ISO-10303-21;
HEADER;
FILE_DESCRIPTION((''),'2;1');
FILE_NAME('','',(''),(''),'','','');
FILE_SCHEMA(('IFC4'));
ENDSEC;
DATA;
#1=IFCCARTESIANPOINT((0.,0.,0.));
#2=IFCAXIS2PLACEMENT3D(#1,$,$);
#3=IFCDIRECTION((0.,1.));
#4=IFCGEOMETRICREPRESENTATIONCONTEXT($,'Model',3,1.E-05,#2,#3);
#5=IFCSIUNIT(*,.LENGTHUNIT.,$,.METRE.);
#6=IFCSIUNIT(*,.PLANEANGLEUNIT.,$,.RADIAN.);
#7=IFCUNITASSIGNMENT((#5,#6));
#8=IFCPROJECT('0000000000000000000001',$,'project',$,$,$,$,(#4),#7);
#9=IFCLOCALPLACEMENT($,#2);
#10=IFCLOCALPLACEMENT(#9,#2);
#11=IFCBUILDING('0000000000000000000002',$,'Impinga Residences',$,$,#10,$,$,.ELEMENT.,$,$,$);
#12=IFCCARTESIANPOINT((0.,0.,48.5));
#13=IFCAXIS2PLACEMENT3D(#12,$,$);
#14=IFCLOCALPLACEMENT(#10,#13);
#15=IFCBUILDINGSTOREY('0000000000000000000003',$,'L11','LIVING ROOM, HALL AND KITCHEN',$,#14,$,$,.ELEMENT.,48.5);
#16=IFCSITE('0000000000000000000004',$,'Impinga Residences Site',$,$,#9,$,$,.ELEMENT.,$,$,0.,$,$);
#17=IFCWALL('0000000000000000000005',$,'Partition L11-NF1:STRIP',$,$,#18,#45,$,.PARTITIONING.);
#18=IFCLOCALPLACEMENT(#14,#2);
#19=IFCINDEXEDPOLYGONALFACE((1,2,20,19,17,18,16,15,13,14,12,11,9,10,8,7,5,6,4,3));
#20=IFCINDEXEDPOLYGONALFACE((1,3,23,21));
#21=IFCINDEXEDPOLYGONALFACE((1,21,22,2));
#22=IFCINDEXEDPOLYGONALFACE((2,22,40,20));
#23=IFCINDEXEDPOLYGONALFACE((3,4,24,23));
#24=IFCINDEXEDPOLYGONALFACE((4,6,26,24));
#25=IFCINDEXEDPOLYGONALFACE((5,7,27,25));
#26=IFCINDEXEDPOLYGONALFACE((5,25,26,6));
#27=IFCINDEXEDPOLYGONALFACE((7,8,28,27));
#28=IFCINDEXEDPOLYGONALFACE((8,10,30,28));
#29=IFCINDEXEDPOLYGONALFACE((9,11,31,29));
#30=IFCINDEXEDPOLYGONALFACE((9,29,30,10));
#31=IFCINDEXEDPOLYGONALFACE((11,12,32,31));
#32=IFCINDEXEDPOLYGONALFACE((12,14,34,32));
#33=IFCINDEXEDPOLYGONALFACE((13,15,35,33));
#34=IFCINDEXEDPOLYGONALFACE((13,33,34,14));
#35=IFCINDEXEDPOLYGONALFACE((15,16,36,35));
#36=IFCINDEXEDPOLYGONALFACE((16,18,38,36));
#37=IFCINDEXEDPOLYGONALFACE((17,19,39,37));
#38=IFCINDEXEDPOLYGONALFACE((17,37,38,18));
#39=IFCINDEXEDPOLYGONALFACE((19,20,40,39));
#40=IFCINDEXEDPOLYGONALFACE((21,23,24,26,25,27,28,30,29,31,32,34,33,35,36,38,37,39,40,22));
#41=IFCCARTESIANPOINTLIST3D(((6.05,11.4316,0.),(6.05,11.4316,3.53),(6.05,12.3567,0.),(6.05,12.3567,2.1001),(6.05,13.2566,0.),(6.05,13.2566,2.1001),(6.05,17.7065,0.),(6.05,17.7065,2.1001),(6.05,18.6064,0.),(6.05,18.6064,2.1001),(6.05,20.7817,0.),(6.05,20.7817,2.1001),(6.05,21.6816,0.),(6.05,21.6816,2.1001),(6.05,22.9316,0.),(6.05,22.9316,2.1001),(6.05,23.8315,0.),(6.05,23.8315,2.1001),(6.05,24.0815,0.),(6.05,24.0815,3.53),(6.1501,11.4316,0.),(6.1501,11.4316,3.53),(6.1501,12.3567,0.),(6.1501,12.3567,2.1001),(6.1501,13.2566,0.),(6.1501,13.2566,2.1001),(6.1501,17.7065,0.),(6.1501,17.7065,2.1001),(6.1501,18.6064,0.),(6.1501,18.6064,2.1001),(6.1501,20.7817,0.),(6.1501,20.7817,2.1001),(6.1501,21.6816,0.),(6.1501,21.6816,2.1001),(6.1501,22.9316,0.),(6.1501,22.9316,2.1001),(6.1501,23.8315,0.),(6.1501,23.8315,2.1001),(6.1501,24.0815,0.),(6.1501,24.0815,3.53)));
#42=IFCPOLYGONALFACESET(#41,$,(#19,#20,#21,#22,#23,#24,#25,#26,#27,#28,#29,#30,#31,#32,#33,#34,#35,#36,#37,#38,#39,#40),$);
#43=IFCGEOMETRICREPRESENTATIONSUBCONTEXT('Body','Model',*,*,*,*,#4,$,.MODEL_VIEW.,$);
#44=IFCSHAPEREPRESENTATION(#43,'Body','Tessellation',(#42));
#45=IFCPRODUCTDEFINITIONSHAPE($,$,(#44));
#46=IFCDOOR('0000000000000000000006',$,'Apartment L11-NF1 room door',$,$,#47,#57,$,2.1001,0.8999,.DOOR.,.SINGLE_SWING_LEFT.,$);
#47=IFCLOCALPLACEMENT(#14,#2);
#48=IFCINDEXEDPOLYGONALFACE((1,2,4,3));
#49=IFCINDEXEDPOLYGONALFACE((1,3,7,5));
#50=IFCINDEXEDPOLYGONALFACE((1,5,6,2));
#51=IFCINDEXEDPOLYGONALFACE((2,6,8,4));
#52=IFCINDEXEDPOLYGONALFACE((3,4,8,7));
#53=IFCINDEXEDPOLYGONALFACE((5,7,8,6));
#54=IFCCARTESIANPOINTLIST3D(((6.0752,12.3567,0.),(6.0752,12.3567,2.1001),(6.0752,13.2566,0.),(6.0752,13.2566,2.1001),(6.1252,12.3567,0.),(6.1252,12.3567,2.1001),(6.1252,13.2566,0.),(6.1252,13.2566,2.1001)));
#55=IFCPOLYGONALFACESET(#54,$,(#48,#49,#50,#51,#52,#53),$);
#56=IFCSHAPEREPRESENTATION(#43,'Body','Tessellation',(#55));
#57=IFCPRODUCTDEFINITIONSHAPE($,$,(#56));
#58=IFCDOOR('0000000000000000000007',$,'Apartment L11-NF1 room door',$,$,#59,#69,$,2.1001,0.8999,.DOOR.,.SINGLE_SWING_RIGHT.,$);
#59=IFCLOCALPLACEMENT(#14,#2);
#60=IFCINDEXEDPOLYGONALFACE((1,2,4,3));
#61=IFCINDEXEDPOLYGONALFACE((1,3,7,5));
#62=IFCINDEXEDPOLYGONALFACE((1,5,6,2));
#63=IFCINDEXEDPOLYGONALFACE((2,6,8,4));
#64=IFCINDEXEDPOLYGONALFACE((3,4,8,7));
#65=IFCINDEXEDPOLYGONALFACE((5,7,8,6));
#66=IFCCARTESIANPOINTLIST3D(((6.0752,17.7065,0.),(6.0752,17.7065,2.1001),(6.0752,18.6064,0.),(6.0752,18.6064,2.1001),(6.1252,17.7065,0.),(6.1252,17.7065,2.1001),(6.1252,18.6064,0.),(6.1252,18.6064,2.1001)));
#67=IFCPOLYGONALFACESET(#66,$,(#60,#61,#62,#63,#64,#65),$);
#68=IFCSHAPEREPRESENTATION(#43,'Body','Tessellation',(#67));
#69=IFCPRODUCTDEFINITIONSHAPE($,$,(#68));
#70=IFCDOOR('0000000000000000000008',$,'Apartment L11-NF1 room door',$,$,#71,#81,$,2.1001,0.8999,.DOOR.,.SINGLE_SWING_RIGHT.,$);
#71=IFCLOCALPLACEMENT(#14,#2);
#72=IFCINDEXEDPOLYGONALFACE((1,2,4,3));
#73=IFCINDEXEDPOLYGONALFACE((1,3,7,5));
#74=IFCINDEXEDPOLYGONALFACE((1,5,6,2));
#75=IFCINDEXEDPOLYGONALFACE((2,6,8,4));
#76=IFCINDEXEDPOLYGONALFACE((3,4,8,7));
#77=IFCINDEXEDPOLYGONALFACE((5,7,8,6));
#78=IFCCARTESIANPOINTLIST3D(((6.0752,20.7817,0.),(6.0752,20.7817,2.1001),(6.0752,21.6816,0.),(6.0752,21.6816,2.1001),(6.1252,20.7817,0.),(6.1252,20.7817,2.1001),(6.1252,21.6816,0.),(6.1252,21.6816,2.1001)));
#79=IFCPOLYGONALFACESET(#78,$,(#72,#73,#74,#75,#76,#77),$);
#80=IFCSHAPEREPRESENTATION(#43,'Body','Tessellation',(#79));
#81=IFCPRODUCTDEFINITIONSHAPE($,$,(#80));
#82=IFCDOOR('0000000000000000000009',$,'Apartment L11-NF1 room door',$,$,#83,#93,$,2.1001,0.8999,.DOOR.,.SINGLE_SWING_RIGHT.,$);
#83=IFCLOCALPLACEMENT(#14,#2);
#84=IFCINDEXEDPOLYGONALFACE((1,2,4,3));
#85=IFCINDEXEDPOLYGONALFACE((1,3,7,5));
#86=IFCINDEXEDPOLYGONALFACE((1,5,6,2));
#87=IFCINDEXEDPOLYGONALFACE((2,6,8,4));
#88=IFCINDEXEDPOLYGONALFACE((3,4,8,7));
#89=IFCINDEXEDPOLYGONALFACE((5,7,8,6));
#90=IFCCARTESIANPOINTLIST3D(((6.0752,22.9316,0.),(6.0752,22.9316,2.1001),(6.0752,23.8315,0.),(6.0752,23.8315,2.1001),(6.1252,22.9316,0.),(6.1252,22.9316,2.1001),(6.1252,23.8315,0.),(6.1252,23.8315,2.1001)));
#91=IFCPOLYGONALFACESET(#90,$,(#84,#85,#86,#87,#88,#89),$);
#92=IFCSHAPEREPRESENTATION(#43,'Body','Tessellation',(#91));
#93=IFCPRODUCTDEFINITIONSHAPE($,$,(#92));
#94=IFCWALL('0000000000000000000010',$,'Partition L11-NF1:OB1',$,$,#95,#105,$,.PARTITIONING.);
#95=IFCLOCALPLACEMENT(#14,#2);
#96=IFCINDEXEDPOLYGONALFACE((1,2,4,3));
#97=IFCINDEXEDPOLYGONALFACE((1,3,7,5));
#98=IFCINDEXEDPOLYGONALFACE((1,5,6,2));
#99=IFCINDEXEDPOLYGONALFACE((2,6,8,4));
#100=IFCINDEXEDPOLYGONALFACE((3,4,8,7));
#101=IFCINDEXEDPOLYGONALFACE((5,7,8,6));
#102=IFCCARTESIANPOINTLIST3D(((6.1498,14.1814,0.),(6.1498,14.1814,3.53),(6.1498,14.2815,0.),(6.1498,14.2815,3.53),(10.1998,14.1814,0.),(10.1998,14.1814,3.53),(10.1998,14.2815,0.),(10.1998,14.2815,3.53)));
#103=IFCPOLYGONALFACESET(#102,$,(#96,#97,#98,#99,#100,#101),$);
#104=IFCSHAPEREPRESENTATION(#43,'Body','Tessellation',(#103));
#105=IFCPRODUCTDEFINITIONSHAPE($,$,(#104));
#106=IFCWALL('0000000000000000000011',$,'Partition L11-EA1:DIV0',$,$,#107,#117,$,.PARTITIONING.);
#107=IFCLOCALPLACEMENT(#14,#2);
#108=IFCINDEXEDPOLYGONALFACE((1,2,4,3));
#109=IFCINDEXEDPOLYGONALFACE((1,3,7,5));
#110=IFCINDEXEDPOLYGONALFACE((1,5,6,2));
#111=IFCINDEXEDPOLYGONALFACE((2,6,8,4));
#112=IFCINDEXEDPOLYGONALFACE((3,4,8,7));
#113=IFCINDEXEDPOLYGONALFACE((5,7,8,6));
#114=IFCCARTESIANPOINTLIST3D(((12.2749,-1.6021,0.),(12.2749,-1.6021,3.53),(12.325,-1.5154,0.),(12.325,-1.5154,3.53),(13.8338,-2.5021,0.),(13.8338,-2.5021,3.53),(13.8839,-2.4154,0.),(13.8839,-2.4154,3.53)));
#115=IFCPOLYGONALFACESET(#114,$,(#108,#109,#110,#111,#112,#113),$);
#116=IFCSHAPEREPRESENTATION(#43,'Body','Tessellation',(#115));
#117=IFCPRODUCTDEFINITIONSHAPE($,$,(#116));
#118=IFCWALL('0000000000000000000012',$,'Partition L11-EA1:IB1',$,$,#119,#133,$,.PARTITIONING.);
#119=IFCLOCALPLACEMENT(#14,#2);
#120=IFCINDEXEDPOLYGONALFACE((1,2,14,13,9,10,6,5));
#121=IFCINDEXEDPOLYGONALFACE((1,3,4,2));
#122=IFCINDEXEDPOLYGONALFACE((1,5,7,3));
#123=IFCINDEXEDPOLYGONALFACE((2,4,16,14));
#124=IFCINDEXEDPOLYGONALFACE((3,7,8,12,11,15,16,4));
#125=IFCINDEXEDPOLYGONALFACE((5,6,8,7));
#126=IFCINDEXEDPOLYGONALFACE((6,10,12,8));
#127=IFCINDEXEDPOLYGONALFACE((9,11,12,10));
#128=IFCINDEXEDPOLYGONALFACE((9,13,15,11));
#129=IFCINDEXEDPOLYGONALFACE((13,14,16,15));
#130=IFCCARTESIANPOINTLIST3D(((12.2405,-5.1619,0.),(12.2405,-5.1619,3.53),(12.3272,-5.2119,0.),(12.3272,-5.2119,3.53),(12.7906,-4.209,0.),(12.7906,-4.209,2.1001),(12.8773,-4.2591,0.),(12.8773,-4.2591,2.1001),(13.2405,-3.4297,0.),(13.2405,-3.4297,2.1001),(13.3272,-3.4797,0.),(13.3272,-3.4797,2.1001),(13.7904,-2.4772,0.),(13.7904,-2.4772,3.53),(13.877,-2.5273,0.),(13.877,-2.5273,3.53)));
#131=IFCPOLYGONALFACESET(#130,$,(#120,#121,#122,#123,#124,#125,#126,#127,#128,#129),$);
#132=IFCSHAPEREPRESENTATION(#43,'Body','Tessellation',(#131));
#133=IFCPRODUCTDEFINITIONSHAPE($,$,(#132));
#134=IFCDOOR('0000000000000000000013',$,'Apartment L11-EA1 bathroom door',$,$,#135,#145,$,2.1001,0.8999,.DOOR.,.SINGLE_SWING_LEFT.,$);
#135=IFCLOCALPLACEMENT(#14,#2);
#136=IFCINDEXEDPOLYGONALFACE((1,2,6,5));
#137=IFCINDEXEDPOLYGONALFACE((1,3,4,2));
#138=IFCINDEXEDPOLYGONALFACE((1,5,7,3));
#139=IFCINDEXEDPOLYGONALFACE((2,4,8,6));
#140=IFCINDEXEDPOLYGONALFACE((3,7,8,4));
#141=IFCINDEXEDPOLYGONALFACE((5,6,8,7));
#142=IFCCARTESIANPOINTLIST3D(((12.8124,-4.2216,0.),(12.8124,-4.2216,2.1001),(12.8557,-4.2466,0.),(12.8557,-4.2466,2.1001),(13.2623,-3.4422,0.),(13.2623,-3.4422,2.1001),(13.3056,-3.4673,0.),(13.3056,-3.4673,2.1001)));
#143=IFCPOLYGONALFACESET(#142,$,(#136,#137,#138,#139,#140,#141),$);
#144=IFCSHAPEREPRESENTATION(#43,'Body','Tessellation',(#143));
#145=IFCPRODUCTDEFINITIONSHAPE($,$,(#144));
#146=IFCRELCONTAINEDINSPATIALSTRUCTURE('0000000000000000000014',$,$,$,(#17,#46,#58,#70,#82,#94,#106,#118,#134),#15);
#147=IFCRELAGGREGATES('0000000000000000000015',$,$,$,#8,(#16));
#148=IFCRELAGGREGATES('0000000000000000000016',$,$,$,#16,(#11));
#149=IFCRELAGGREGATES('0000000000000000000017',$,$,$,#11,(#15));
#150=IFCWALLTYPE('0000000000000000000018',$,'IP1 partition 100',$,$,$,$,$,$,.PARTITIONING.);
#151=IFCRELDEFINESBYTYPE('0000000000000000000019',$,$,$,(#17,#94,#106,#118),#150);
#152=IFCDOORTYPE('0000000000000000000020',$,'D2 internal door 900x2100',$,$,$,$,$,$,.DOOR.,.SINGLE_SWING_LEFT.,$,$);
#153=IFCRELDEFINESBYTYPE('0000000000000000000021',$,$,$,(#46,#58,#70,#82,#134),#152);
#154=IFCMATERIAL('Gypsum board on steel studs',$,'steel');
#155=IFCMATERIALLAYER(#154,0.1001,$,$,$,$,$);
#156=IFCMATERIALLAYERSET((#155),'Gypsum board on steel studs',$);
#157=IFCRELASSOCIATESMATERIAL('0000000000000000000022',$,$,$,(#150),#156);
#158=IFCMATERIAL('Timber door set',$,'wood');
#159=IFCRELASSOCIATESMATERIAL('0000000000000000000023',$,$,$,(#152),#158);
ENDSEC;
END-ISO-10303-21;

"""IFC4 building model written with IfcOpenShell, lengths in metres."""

from ifc_helpers import new_model, si_unit, direction, frame, frame_2d, origin, place, context, subcontext, project, spatial, rectangle, extrude, material, layer, layer_set, type_object, element, fill, save


model = new_model("IFC4")

# Units and contexts
model_context = context("Model", 3, precision=1e-05, world=origin(), true_north=direction((0.0, 1.0)))
body_context = subcontext(model_context, "Body", "Model", "MODEL_VIEW")
ifc_project = project(units=[si_unit("LENGTHUNIT", "METRE"), si_unit("PLANEANGLEUNIT", "RADIAN")], contexts=[model_context])

# Site, building, storey
site_placement = place(None, origin())
site = spatial("IfcSite", under=ifc_project, at=site_placement, Name="Impinga Residences Site", CompositionType="ELEMENT", RefElevation=0.0)
building_placement = place(site_placement, origin())
building = spatial("IfcBuilding", under=site, at=building_placement, Name="Impinga Residences", CompositionType="ELEMENT")
storey_placement = place(building_placement, frame((0.0, 0.0, 48.5)))
storey = spatial("IfcBuildingStorey", under=building, at=storey_placement, Name="L11", Description="LIVING ROOM, HALL AND KITCHEN", CompositionType="ELEMENT", Elevation=48.5)

# Shared definitions
ifc_material_1 = material(Name="Timber door set", Category="wood")

# Wall, openings, doors
ifc_material_2 = material(Name="Gypsum board on steel studs", Category="steel")
ifc_layer_1 = layer(ifc_material_2, 0.1001)
ifc_layer_set_1 = layer_set([ifc_layer_1], Name="Gypsum board on steel studs")
wall_type_1 = type_object("IfcWallType", Name="IP1 partition 100", PredefinedType="PARTITIONING", material=ifc_layer_set_1)
wall_1_placement = place(storey_placement, frame((6.1001, 11.4316, 0.0), z_axis=(0.0, 0.0, 1.0), x_axis=(0.0, 1.0, 0.0)))
wall_1 = element("IfcWall", 1, at=wall_1_placement, inside=storey, type_object=wall_type_1, Name="Partition L11-NF1:STRIP", PredefinedType="PARTITIONING", context=body_context, shape_type="SweptSolid", body=[
    extrude(rectangle(XDim=12.6499, YDim=0.1001, at=frame_2d((6.325, 0.0))), origin(), (0.0, 0.0, 1.0), 3.53),
])
opening_1_placement = place(wall_1_placement, frame((0.925, 0.0, 0.0)))
opening_1 = element("IfcOpeningElement", 2, at=opening_1_placement, cuts=wall_1, PredefinedType="OPENING", context=body_context, shape_type="SweptSolid", body=[
    extrude(rectangle(XDim=0.8999, YDim=2.1001, at=frame_2d((0.45, 1.05))), frame((0.0, 0.0601, 0.0), z_axis=(0.0, -1.0, 0.0), x_axis=(1.0, 0.0, 0.0)), (0.0, 0.0, 1.0), 0.1201),
])
opening_2_placement = place(wall_1_placement, frame((6.2749, 0.0, 0.0)))
opening_2 = element("IfcOpeningElement", 3, at=opening_2_placement, cuts=wall_1, PredefinedType="OPENING", context=body_context, shape_type="SweptSolid", body=[
    extrude(rectangle(XDim=0.8999, YDim=2.1001, at=frame_2d((0.45, 1.05))), frame((0.0, 0.0601, 0.0), z_axis=(0.0, -1.0, 0.0), x_axis=(1.0, 0.0, 0.0)), (0.0, 0.0, 1.0), 0.1201),
])
opening_3_placement = place(wall_1_placement, frame((9.3501, 0.0, 0.0)))
opening_3 = element("IfcOpeningElement", 4, at=opening_3_placement, cuts=wall_1, PredefinedType="OPENING", context=body_context, shape_type="SweptSolid", body=[
    extrude(rectangle(XDim=0.8999, YDim=2.1001, at=frame_2d((0.45, 1.05))), frame((0.0, 0.0601, 0.0), z_axis=(0.0, -1.0, 0.0), x_axis=(1.0, 0.0, 0.0)), (0.0, 0.0, 1.0), 0.1201),
])
opening_4_placement = place(wall_1_placement, frame((11.5, 0.0, 0.0)))
opening_4 = element("IfcOpeningElement", 5, at=opening_4_placement, cuts=wall_1, PredefinedType="OPENING", context=body_context, shape_type="SweptSolid", body=[
    extrude(rectangle(XDim=0.8999, YDim=2.1001, at=frame_2d((0.45, 1.05))), frame((0.0, 0.0601, 0.0), z_axis=(0.0, -1.0, 0.0), x_axis=(1.0, 0.0, 0.0)), (0.0, 0.0, 1.0), 0.1201),
])
door_type_1 = type_object("IfcDoorType", Name="D2 internal door 900x2100", OperationType="SINGLE_SWING_LEFT", PredefinedType="DOOR", material=ifc_material_1)
door_1_placement = place(opening_1_placement, origin())
door_1 = element("IfcDoor", 6, at=door_1_placement, inside=storey, type_object=door_type_1, Name="Apartment L11-NF1 room door", OperationType="SINGLE_SWING_LEFT", OverallHeight=2.1001, OverallWidth=0.8999, PredefinedType="DOOR", context=body_context, shape_type="SweptSolid", body=[
    extrude(rectangle(XDim=0.8999, YDim=2.1001, at=frame_2d((0.45, 1.05))), frame((0.0, 0.0249, 0.0), z_axis=(0.0, -1.0, 0.0), x_axis=(1.0, 0.0, 0.0)), (0.0, 0.0, 1.0), 0.05),
])
fill(opening_1, door_1)
door_2_placement = place(opening_2_placement, origin())
door_2 = element("IfcDoor", 7, at=door_2_placement, inside=storey, type_object=door_type_1, Name="Apartment L11-NF1 room door", OperationType="SINGLE_SWING_RIGHT", OverallHeight=2.1001, OverallWidth=0.8999, PredefinedType="DOOR", context=body_context, shape_type="SweptSolid", body=[
    extrude(rectangle(XDim=0.8999, YDim=2.1001, at=frame_2d((0.45, 1.05))), frame((0.0, 0.0249, 0.0), z_axis=(0.0, -1.0, 0.0), x_axis=(1.0, 0.0, 0.0)), (0.0, 0.0, 1.0), 0.05),
])
fill(opening_2, door_2)
door_3_placement = place(opening_3_placement, origin())
door_3 = element("IfcDoor", 8, at=door_3_placement, inside=storey, type_object=door_type_1, Name="Apartment L11-NF1 room door", OperationType="SINGLE_SWING_RIGHT", OverallHeight=2.1001, OverallWidth=0.8999, PredefinedType="DOOR", context=body_context, shape_type="SweptSolid", body=[
    extrude(rectangle(XDim=0.8999, YDim=2.1001, at=frame_2d((0.45, 1.05))), frame((0.0, 0.0249, 0.0), z_axis=(0.0, -1.0, 0.0), x_axis=(1.0, 0.0, 0.0)), (0.0, 0.0, 1.0), 0.05),
])
fill(opening_3, door_3)
door_4_placement = place(opening_4_placement, origin())
door_4 = element("IfcDoor", 9, at=door_4_placement, inside=storey, type_object=door_type_1, Name="Apartment L11-NF1 room door", OperationType="SINGLE_SWING_RIGHT", OverallHeight=2.1001, OverallWidth=0.8999, PredefinedType="DOOR", context=body_context, shape_type="SweptSolid", body=[
    extrude(rectangle(XDim=0.8999, YDim=2.1001, at=frame_2d((0.45, 1.05))), frame((0.0, 0.0249, 0.0), z_axis=(0.0, -1.0, 0.0), x_axis=(1.0, 0.0, 0.0)), (0.0, 0.0, 1.0), 0.05),
])
fill(opening_4, door_4)

# Walls
wall_2_placement = place(storey_placement, frame((6.1499, 14.2314, 0.0), z_axis=(0.0, 0.0, 1.0), x_axis=(1.0, 0.0, 0.0)))
element("IfcWall", 10, at=wall_2_placement, inside=storey, type_object=wall_type_1, Name="Partition L11-NF1:OB1", PredefinedType="PARTITIONING", context=body_context, shape_type="SweptSolid", body=[
    extrude(rectangle(XDim=4.05, YDim=0.1001, at=frame_2d((2.0249, 0.0))), origin(), (0.0, 0.0, 1.0), 3.53),
])
wall_3_placement = place(storey_placement, frame((12.3, -1.5588, 0.0), z_axis=(0.0, 0.0, 1.0), x_axis=(0.866048, -0.499961, 0.0)))
element("IfcWall", 11, at=wall_3_placement, inside=storey, type_object=wall_type_1, Name="Partition L11-EA1:DIV0", PredefinedType="PARTITIONING", context=body_context, shape_type="SweptSolid", body=[
    extrude(rectangle(XDim=1.8, YDim=0.1001, at=frame_2d((0.8999, 0.0))), origin(), (0.0, 0.0, 1.0), 3.53),
])

# Wall, opening, door
wall_4_placement = place(storey_placement, frame((12.2839, -5.1868, 0.0), z_axis=(0.0, 0.0, 1.0), x_axis=(0.499968, 0.866044, 0.0)))
wall_4 = element("IfcWall", 12, at=wall_4_placement, inside=storey, type_object=wall_type_1, Name="Partition L11-EA1:IB1", PredefinedType="PARTITIONING", context=body_context, shape_type="SweptSolid", body=[
    extrude(rectangle(XDim=3.0999, YDim=0.1001, at=frame_2d((1.5498, 0.0))), origin(), (0.0, 0.0, 1.0), 3.53),
])
opening_5_placement = place(wall_4_placement, frame((1.1001, 0.0, 0.0)))
opening_5 = element("IfcOpeningElement", 13, at=opening_5_placement, cuts=wall_4, PredefinedType="OPENING", context=body_context, shape_type="SweptSolid", body=[
    extrude(rectangle(XDim=0.8999, YDim=2.1001, at=frame_2d((0.45, 1.05))), frame((0.0, 0.0601, 0.0), z_axis=(0.0, -1.0, 0.0), x_axis=(1.0, 0.0, 0.0)), (0.0, 0.0, 1.0), 0.1201),
])
door_5_placement = place(opening_5_placement, origin())
door_5 = element("IfcDoor", 14, at=door_5_placement, inside=storey, type_object=door_type_1, Name="Apartment L11-EA1 bathroom door", OperationType="SINGLE_SWING_LEFT", OverallHeight=2.1001, OverallWidth=0.8999, PredefinedType="DOOR", context=body_context, shape_type="SweptSolid", body=[
    extrude(rectangle(XDim=0.8999, YDim=2.1001, at=frame_2d((0.45, 1.05))), frame((0.0, 0.0249, 0.0), z_axis=(0.0, -1.0, 0.0), x_axis=(1.0, 0.0, 0.0)), (0.0, 0.0, 1.0), 0.05),
])
fill(opening_5, door_5)

save(model, "model.ifc")
